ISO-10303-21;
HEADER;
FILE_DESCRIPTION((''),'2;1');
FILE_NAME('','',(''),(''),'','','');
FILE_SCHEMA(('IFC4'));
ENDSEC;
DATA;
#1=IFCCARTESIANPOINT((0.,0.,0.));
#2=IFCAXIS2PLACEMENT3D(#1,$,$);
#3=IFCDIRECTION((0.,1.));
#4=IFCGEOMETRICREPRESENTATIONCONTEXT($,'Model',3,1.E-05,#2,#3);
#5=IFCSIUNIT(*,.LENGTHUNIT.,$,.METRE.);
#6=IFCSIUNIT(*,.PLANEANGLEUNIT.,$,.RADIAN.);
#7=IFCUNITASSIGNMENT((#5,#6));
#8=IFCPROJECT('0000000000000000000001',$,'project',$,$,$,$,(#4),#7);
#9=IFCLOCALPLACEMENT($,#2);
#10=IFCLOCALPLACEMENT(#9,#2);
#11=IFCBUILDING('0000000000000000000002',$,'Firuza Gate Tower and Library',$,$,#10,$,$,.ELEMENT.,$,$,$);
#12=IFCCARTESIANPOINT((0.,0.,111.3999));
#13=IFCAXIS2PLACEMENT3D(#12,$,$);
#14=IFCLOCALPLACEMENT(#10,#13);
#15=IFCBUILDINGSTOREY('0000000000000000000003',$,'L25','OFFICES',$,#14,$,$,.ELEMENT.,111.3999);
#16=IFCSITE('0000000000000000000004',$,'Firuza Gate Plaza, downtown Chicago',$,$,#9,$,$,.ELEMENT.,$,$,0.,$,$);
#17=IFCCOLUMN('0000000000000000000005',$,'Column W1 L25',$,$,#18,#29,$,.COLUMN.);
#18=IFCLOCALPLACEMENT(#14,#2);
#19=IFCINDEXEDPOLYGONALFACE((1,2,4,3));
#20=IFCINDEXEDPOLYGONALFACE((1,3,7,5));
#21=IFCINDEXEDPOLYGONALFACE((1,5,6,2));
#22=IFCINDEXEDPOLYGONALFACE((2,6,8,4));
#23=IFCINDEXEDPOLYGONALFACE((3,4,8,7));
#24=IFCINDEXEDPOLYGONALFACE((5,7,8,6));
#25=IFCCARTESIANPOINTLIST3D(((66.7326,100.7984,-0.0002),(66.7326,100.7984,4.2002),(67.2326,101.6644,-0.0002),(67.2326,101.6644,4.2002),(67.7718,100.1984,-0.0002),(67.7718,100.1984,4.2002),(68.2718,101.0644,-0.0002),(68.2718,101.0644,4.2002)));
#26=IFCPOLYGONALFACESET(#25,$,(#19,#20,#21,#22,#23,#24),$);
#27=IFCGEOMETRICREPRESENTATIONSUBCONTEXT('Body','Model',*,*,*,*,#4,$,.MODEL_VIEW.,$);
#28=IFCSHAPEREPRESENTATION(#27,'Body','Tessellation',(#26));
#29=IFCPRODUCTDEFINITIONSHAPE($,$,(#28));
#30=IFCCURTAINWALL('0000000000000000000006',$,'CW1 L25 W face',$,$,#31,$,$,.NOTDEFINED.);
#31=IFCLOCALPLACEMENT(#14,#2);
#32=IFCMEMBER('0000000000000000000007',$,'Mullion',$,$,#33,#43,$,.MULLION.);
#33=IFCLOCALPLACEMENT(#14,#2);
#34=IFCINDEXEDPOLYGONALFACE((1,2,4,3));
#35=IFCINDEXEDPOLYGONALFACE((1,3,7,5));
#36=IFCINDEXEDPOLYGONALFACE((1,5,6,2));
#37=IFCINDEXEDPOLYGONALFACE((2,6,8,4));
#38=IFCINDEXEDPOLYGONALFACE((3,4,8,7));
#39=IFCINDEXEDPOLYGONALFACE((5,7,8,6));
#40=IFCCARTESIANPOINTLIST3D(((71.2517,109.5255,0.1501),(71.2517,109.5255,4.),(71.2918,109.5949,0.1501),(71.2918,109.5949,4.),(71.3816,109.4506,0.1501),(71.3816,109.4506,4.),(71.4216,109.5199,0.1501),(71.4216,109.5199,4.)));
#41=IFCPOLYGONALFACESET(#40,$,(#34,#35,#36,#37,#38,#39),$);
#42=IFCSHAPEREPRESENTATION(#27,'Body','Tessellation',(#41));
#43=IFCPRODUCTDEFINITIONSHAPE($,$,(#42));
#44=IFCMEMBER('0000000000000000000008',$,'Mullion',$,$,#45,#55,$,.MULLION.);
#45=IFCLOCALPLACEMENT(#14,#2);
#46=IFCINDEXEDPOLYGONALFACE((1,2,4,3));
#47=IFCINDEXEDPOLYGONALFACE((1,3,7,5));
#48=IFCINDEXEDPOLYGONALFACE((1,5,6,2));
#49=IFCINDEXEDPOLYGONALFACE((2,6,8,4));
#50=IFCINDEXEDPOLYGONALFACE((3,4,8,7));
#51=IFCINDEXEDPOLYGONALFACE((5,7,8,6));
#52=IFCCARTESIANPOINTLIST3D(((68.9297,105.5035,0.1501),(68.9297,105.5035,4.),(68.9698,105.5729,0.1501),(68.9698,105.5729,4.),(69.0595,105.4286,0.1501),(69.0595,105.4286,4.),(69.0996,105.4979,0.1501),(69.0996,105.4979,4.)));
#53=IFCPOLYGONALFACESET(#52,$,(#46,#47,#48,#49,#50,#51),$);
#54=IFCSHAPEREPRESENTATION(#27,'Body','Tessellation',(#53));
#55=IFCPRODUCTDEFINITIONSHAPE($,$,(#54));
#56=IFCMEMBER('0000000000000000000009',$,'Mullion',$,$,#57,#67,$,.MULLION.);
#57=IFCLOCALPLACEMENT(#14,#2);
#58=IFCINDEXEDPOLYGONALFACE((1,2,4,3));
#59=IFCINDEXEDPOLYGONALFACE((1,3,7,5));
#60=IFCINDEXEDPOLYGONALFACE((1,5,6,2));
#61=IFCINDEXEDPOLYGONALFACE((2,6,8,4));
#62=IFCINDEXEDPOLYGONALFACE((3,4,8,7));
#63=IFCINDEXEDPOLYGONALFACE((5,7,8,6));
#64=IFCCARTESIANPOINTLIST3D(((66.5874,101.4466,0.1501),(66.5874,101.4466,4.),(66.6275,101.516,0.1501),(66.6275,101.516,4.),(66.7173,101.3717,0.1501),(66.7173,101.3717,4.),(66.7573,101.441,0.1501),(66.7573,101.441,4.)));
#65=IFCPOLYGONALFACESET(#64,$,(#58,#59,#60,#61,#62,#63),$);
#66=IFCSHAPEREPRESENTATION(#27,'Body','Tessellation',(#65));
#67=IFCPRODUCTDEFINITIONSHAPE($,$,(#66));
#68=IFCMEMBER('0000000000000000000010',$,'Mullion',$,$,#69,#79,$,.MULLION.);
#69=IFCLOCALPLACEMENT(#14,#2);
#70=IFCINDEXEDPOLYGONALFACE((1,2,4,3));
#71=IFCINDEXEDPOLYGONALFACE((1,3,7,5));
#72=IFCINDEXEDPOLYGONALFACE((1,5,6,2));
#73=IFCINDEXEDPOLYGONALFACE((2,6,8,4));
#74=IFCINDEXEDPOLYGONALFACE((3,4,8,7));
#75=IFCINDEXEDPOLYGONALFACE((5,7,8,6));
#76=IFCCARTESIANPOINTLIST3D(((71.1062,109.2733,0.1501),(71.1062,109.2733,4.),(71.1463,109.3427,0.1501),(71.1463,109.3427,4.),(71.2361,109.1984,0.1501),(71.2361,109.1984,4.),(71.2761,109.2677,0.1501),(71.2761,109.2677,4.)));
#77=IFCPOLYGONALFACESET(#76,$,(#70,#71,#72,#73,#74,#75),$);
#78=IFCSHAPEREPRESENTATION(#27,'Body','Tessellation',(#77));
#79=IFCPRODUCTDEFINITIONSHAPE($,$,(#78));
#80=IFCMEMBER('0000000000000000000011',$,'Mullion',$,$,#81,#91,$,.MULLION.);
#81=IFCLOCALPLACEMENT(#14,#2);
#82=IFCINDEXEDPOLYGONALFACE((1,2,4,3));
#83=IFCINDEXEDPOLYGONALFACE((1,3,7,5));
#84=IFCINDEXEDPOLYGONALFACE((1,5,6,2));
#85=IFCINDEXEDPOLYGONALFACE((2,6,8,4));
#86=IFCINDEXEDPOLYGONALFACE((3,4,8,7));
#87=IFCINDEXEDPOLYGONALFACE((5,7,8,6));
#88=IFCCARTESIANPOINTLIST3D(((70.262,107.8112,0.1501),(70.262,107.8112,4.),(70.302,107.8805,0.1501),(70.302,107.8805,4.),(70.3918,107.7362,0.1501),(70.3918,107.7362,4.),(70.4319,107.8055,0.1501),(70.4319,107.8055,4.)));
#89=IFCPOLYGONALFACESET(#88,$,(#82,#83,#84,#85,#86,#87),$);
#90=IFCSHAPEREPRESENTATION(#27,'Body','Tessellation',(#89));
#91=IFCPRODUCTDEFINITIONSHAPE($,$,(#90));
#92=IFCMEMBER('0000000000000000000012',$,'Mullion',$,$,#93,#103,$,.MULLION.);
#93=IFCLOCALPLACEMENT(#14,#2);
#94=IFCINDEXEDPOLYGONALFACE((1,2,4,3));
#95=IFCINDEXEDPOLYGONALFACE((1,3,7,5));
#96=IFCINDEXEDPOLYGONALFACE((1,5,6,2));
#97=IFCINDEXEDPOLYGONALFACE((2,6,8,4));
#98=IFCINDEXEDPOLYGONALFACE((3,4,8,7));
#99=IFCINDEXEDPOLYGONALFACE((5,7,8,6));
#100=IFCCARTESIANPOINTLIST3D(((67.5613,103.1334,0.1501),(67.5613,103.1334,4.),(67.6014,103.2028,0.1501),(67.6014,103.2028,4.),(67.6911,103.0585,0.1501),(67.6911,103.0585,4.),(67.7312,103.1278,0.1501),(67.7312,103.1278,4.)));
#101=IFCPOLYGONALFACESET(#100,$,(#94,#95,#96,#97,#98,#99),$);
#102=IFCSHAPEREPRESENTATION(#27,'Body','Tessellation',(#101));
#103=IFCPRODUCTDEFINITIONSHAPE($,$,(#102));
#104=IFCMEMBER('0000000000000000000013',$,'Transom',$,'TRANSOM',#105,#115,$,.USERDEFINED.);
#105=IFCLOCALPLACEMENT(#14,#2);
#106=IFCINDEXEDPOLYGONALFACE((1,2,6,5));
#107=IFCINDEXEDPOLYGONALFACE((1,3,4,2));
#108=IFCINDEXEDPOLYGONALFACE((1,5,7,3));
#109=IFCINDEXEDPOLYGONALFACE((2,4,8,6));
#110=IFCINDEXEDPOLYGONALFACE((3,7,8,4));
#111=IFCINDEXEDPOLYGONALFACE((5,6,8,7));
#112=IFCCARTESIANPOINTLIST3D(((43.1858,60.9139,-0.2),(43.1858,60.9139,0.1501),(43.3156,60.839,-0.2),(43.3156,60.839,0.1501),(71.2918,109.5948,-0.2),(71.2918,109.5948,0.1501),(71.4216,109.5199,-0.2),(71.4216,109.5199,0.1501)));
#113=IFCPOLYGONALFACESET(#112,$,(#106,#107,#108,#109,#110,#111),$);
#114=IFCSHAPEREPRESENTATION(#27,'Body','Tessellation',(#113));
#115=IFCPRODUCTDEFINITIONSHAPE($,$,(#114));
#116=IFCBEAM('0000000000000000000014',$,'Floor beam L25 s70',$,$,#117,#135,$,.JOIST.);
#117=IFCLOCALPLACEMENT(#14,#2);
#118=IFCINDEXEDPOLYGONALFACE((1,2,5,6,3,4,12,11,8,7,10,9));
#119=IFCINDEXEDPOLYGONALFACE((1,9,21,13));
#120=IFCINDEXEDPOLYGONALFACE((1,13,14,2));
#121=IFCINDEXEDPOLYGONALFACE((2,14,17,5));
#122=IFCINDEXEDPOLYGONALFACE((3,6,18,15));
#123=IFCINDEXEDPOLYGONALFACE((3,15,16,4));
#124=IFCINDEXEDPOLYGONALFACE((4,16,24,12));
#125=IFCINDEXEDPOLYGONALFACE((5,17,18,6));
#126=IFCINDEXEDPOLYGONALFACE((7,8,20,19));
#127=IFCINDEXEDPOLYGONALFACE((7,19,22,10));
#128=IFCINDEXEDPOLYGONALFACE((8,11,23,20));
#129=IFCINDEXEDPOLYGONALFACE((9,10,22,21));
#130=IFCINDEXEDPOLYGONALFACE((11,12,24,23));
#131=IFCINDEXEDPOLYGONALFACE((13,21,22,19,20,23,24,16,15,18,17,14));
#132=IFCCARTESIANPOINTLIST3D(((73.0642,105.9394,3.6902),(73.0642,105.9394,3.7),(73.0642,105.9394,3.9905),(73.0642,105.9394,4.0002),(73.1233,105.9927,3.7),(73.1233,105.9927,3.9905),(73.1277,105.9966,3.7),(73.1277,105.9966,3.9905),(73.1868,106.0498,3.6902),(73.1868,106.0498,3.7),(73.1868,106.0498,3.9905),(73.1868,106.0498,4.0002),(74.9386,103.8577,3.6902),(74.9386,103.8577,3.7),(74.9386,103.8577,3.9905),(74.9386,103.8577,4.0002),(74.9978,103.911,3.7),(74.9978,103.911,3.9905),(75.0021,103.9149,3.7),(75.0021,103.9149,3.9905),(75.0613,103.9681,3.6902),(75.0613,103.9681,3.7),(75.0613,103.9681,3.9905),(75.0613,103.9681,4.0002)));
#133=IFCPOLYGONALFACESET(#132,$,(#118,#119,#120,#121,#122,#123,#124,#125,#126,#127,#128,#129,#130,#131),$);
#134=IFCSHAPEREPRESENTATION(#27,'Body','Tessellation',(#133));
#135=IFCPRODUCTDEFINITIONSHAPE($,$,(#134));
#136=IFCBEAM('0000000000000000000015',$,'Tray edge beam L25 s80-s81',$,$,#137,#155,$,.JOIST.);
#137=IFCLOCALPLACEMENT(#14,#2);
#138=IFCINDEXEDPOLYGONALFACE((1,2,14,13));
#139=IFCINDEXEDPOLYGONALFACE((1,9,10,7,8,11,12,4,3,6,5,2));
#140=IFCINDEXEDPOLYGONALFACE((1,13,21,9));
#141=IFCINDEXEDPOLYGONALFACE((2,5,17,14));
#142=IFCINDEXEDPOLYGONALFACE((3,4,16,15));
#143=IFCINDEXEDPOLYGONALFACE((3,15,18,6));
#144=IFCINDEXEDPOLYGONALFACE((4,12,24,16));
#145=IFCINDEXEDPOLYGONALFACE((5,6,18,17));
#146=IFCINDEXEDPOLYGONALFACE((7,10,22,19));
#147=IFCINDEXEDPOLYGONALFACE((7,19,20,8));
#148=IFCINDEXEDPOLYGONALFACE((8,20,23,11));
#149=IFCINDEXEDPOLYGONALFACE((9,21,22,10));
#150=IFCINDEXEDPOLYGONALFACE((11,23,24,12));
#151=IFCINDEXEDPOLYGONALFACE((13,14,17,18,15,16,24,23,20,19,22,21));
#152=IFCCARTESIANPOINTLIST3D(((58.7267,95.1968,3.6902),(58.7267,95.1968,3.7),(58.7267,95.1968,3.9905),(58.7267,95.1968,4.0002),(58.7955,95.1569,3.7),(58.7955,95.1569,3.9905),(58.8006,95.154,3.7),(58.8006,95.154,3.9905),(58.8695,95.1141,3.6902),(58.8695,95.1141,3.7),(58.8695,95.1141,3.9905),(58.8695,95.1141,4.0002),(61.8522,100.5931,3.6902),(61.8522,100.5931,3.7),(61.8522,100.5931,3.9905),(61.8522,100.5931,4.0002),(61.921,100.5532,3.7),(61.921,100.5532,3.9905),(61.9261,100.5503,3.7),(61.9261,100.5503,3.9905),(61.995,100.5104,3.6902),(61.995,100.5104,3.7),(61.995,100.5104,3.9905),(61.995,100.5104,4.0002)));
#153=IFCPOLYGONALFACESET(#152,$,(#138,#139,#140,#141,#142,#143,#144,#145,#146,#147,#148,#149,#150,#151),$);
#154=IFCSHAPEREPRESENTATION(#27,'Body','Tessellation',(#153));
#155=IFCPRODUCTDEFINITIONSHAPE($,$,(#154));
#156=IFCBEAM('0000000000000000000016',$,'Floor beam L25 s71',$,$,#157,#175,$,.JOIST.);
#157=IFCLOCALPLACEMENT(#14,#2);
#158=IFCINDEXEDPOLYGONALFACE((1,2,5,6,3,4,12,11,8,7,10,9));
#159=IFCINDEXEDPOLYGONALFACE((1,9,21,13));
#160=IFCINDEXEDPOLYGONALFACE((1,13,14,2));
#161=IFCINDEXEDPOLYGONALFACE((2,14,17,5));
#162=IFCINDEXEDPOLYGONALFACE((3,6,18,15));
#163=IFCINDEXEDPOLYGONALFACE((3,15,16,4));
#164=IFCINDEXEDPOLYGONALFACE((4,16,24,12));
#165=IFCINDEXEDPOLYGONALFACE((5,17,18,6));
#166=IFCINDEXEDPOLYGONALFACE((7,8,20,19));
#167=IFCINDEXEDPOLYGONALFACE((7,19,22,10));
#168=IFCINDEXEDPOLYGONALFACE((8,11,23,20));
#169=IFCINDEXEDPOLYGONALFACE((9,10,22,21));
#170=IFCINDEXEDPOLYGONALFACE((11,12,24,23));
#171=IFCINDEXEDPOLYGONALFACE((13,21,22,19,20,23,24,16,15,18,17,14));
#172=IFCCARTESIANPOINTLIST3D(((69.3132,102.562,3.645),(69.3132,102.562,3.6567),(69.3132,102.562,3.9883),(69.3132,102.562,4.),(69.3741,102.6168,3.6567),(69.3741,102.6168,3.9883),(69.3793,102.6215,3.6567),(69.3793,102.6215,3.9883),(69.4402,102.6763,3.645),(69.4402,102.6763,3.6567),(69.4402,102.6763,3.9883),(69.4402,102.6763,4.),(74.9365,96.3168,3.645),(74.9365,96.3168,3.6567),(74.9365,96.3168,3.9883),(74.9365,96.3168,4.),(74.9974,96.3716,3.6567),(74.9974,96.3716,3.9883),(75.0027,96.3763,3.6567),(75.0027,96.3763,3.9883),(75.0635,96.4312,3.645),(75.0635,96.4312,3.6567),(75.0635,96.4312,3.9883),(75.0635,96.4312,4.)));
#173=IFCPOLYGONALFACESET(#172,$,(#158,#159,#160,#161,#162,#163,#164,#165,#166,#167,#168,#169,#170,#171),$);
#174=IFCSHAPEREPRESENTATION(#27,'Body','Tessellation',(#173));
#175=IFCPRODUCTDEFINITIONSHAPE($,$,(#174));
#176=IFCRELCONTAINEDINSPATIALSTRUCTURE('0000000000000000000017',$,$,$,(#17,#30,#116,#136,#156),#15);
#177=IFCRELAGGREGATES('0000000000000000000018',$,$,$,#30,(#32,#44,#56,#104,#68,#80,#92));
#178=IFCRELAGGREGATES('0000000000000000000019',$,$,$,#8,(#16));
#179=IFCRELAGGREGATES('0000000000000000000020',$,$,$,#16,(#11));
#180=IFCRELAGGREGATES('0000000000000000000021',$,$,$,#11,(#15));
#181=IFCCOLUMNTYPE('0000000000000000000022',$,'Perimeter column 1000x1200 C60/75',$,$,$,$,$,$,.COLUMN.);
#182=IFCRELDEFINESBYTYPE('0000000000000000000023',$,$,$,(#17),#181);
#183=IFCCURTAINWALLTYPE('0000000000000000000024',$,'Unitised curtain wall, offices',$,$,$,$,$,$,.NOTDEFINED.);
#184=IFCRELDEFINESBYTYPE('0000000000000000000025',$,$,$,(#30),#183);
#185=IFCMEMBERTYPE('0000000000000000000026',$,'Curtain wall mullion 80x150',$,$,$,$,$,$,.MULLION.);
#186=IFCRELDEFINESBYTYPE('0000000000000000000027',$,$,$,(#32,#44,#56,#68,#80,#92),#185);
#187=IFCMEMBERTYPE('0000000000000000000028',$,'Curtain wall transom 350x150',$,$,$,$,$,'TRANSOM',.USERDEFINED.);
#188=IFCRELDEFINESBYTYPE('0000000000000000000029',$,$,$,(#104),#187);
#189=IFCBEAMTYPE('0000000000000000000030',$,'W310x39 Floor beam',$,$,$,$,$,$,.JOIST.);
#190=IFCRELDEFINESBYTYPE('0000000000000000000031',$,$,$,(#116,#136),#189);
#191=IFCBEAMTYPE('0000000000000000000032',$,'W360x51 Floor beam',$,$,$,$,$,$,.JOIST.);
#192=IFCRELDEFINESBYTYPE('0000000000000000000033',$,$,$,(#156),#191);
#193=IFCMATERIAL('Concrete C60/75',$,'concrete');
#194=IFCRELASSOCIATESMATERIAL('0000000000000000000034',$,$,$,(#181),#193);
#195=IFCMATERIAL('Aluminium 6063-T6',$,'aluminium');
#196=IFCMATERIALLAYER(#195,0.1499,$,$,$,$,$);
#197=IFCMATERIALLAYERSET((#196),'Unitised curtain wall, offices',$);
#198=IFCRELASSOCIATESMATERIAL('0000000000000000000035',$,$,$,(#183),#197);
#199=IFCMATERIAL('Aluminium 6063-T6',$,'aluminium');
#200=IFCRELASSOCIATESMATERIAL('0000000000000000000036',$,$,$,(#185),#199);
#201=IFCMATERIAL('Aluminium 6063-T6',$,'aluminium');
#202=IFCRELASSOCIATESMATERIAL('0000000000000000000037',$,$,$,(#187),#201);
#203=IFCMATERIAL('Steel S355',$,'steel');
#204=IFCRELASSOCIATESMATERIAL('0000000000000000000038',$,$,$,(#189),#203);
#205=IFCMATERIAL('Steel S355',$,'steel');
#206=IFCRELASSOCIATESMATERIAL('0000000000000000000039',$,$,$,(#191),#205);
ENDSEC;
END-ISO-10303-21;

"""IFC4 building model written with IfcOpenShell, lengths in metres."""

from ifc_helpers import new_model, si_unit, direction, frame, origin, origin_2d, place, context, subcontext, project, spatial, rectangle, i_section, extrude, material, layer, layer_set, material_profile, profile_set, type_object, element, aggregate, save


model = new_model("IFC4")

# Units and contexts
model_context = context("Model", 3, precision=1e-05, world=origin(), true_north=direction((0.0, 1.0)))
body_context = subcontext(model_context, "Body", "Model", "MODEL_VIEW")
ifc_project = project(units=[si_unit("LENGTHUNIT", "METRE"), si_unit("PLANEANGLEUNIT", "RADIAN")], contexts=[model_context])

# Site, building, storey
site_placement = place(None, origin())
site = spatial("IfcSite", under=ifc_project, at=site_placement, Name="Firuza Gate Plaza, downtown Chicago", CompositionType="ELEMENT", RefElevation=0.0)
building_placement = place(site_placement, origin())
building = spatial("IfcBuilding", under=site, at=building_placement, Name="Firuza Gate Tower and Library", CompositionType="ELEMENT")
storey_placement = place(building_placement, frame((0.0, 0.0, 111.3999)))
storey = spatial("IfcBuildingStorey", under=building, at=storey_placement, Name="L25", Description="OFFICES", CompositionType="ELEMENT", Elevation=111.3999)

# Column
ifc_material_1 = material(Name="Concrete C60/75", Category="concrete")
ifc_material_profile_1 = material_profile(ifc_material_1, rectangle(XDim=1.0, YDim=1.2, at=origin_2d()))
ifc_profile_set_1 = profile_set([ifc_material_profile_1], Name="Concrete C60/75")
column_type = type_object("IfcColumnType", Name="Perimeter column 1000x1200 C60/75", PredefinedType="COLUMN", material=ifc_profile_set_1)
column_placement = place(storey_placement, frame((67.5022, 100.9314, -0.0002), z_axis=(0.0, 0.0, 1.0), x_axis=(-0.5, -0.866025, 0.0)))
element("IfcColumn", 1, at=column_placement, inside=storey, type_object=column_type, Name="Column W1 L25", PredefinedType="COLUMN", context=body_context, shape_type="SweptSolid", body=[
    extrude(rectangle(XDim=1.0, YDim=1.2, at=origin_2d()), origin(), (0.0, 0.0, 1.0), 4.2004),
])

# Curtain wall, members
ifc_material_2 = material(Name="Aluminium 6063-T6", Category="aluminium")
ifc_layer_1 = layer(ifc_material_2, 0.1499)
ifc_layer_set_1 = layer_set([ifc_layer_1], Name="Unitised curtain wall, offices")
curtain_wall_type_1 = type_object("IfcCurtainWallType", Name="Unitised curtain wall, offices", PredefinedType="NOTDEFINED", material=ifc_layer_set_1)
placement = place(storey_placement, origin())
curtain_wall_1 = element("IfcCurtainWall", 2, at=placement, inside=storey, type_object=curtain_wall_type_1, Name="CW1 L25 W face", PredefinedType="NOTDEFINED")
ifc_material_3 = material(Name="Aluminium 6063-T6", Category="aluminium")
ifc_material_profile_2 = material_profile(ifc_material_3, rectangle(XDim=0.1499, YDim=0.0801, at=origin_2d()))
ifc_profile_set_2 = profile_set([ifc_material_profile_2], Name="Aluminium 6063-T6")
member_type_1 = type_object("IfcMemberType", Name="Curtain wall mullion 80x150", PredefinedType="MULLION", material=ifc_profile_set_2)
member_1_placement = place(storey_placement, frame((71.3367, 109.5227, 0.1501), z_axis=(0.0, 0.0, 1.0), x_axis=(0.866025, -0.5, 0.0)))
member_1 = element("IfcMember", 3, at=member_1_placement, type_object=member_type_1, Name="Mullion", PredefinedType="MULLION", context=body_context, shape_type="SweptSolid", body=[
    extrude(rectangle(XDim=0.1499, YDim=0.0801, at=origin_2d()), origin(), (0.0, 0.0, 1.0), 3.8499),
])
member_2_placement = place(storey_placement, frame((69.0146, 105.5007, 0.1501), z_axis=(0.0, 0.0, 1.0), x_axis=(0.866025, -0.5, 0.0)))
member_2 = element("IfcMember", 4, at=member_2_placement, type_object=member_type_1, Name="Mullion", PredefinedType="MULLION", context=body_context, shape_type="SweptSolid", body=[
    extrude(rectangle(XDim=0.1499, YDim=0.0801, at=origin_2d()), origin(), (0.0, 0.0, 1.0), 3.8499),
])
member_3_placement = place(storey_placement, frame((66.6724, 101.4438, 0.1501), z_axis=(0.0, 0.0, 1.0), x_axis=(0.866025, -0.5, 0.0)))
member_3 = element("IfcMember", 5, at=member_3_placement, type_object=member_type_1, Name="Mullion", PredefinedType="MULLION", context=body_context, shape_type="SweptSolid", body=[
    extrude(rectangle(XDim=0.1499, YDim=0.0801, at=origin_2d()), origin(), (0.0, 0.0, 1.0), 3.8499),
])
member_4_placement = place(storey_placement, frame((71.1912, 109.2705, 0.1501), z_axis=(0.0, 0.0, 1.0), x_axis=(0.866025, -0.5, 0.0)))
member_4 = element("IfcMember", 6, at=member_4_placement, type_object=member_type_1, Name="Mullion", PredefinedType="MULLION", context=body_context, shape_type="SweptSolid", body=[
    extrude(rectangle(XDim=0.1499, YDim=0.0801, at=origin_2d()), origin(), (0.0, 0.0, 1.0), 3.8499),
])
member_5_placement = place(storey_placement, frame((70.3469, 107.8083, 0.1501), z_axis=(0.0, 0.0, 1.0), x_axis=(0.866025, -0.5, 0.0)))
member_5 = element("IfcMember", 7, at=member_5_placement, type_object=member_type_1, Name="Mullion", PredefinedType="MULLION", context=body_context, shape_type="SweptSolid", body=[
    extrude(rectangle(XDim=0.1499, YDim=0.0801, at=origin_2d()), origin(), (0.0, 0.0, 1.0), 3.8499),
])
member_6_placement = place(storey_placement, frame((67.6462, 103.1306, 0.1501), z_axis=(0.0, 0.0, 1.0), x_axis=(0.866025, -0.5, 0.0)))
member_6 = element("IfcMember", 8, at=member_6_placement, type_object=member_type_1, Name="Mullion", PredefinedType="MULLION", context=body_context, shape_type="SweptSolid", body=[
    extrude(rectangle(XDim=0.1499, YDim=0.0801, at=origin_2d()), origin(), (0.0, 0.0, 1.0), 3.8499),
])
ifc_material_4 = material(Name="Aluminium 6063-T6", Category="aluminium")
ifc_material_profile_3 = material_profile(ifc_material_4, rectangle(XDim=0.1499, YDim=0.3501, at=origin_2d()))
ifc_profile_set_3 = profile_set([ifc_material_profile_3], Name="Aluminium 6063-T6")
member_type_2 = type_object("IfcMemberType", Name="Curtain wall transom 350x150", ElementType="TRANSOM", PredefinedType="USERDEFINED", material=ifc_profile_set_3)
member_7_placement = place(storey_placement, frame((71.3567, 109.5574, -0.0249), z_axis=(-0.5, -0.866025, 0.0), x_axis=(0.866025, -0.5, 0.0)))
member_7 = element("IfcMember", 9, at=member_7_placement, type_object=member_type_2, Name="Transom", ObjectType="TRANSOM", PredefinedType="USERDEFINED", context=body_context, shape_type="SweptSolid", body=[
    extrude(rectangle(XDim=0.1499, YDim=0.3501, at=origin_2d()), origin(), (0.0, 0.0, 1.0), 56.2119),
])

# Beams
ifc_material_5 = material(Name="Steel S355", Category="steel")
ifc_material_profile_4 = material_profile(ifc_material_5, i_section(OverallWidth=0.165, OverallDepth=0.3101, WebThickness=0.0059, FlangeThickness=0.0098, at=origin_2d()))
ifc_profile_set_4 = profile_set([ifc_material_profile_4], Name="Steel S355")
beam_type_1 = type_object("IfcBeamType", Name="W310x39 Floor beam", PredefinedType="JOIST", material=ifc_profile_set_4)
beam_1_placement = place(storey_placement, frame((73.1255, 105.9946, 3.8452), z_axis=(0.669143, -0.743134, 0.0), x_axis=(0.743134, 0.669143, 0.0)))
element("IfcBeam", 10, at=beam_1_placement, inside=storey, type_object=beam_type_1, Name="Floor beam L25 s70", PredefinedType="JOIST", context=body_context, shape_type="SweptSolid", body=[
    extrude(i_section(OverallWidth=0.165, OverallDepth=0.3101, WebThickness=0.0059, FlangeThickness=0.0098, at=origin_2d()), origin(), (0.0, 0.0, 1.0), 2.8013),
])
beam_2_placement = place(storey_placement, frame((61.9236, 100.5518, 3.8452), z_axis=(-0.501198, -0.865332, 0.0), x_axis=(0.865332, -0.501198, 0.0)))
element("IfcBeam", 11, at=beam_2_placement, inside=storey, type_object=beam_type_1, Name="Tray edge beam L25 s80-s81", PredefinedType="JOIST", context=body_context, shape_type="SweptSolid", body=[
    extrude(i_section(OverallWidth=0.165, OverallDepth=0.3101, WebThickness=0.0059, FlangeThickness=0.0098, at=origin_2d()), origin(), (0.0, 0.0, 1.0), 6.2361),
])
ifc_material_6 = material(Name="Steel S355", Category="steel")
ifc_material_profile_5 = material_profile(ifc_material_6, i_section(OverallWidth=0.1709, OverallDepth=0.355, WebThickness=0.0071, FlangeThickness=0.0117, at=origin_2d()))
ifc_profile_set_5 = profile_set([ifc_material_profile_5], Name="Steel S355")
beam_type_2 = type_object("IfcBeamType", Name="W360x51 Floor beam", PredefinedType="JOIST", material=ifc_profile_set_5)
beam_3_placement = place(storey_placement, frame((69.3767, 102.6191, 3.8225), z_axis=(0.669141, -0.743135, 0.0), x_axis=(0.743135, 0.669141, 0.0)))
element("IfcBeam", 12, at=beam_3_placement, inside=storey, type_object=beam_type_2, Name="Floor beam L25 s71", PredefinedType="JOIST", context=body_context, shape_type="SweptSolid", body=[
    extrude(i_section(OverallWidth=0.1709, OverallDepth=0.355, WebThickness=0.0071, FlangeThickness=0.0117, at=origin_2d()), origin(), (0.0, 0.0, 1.0), 8.4038),
])

aggregate(curtain_wall_1, [member_1, member_2, member_3, member_7, member_4, member_5, member_6])

save(model, "model.ifc")
